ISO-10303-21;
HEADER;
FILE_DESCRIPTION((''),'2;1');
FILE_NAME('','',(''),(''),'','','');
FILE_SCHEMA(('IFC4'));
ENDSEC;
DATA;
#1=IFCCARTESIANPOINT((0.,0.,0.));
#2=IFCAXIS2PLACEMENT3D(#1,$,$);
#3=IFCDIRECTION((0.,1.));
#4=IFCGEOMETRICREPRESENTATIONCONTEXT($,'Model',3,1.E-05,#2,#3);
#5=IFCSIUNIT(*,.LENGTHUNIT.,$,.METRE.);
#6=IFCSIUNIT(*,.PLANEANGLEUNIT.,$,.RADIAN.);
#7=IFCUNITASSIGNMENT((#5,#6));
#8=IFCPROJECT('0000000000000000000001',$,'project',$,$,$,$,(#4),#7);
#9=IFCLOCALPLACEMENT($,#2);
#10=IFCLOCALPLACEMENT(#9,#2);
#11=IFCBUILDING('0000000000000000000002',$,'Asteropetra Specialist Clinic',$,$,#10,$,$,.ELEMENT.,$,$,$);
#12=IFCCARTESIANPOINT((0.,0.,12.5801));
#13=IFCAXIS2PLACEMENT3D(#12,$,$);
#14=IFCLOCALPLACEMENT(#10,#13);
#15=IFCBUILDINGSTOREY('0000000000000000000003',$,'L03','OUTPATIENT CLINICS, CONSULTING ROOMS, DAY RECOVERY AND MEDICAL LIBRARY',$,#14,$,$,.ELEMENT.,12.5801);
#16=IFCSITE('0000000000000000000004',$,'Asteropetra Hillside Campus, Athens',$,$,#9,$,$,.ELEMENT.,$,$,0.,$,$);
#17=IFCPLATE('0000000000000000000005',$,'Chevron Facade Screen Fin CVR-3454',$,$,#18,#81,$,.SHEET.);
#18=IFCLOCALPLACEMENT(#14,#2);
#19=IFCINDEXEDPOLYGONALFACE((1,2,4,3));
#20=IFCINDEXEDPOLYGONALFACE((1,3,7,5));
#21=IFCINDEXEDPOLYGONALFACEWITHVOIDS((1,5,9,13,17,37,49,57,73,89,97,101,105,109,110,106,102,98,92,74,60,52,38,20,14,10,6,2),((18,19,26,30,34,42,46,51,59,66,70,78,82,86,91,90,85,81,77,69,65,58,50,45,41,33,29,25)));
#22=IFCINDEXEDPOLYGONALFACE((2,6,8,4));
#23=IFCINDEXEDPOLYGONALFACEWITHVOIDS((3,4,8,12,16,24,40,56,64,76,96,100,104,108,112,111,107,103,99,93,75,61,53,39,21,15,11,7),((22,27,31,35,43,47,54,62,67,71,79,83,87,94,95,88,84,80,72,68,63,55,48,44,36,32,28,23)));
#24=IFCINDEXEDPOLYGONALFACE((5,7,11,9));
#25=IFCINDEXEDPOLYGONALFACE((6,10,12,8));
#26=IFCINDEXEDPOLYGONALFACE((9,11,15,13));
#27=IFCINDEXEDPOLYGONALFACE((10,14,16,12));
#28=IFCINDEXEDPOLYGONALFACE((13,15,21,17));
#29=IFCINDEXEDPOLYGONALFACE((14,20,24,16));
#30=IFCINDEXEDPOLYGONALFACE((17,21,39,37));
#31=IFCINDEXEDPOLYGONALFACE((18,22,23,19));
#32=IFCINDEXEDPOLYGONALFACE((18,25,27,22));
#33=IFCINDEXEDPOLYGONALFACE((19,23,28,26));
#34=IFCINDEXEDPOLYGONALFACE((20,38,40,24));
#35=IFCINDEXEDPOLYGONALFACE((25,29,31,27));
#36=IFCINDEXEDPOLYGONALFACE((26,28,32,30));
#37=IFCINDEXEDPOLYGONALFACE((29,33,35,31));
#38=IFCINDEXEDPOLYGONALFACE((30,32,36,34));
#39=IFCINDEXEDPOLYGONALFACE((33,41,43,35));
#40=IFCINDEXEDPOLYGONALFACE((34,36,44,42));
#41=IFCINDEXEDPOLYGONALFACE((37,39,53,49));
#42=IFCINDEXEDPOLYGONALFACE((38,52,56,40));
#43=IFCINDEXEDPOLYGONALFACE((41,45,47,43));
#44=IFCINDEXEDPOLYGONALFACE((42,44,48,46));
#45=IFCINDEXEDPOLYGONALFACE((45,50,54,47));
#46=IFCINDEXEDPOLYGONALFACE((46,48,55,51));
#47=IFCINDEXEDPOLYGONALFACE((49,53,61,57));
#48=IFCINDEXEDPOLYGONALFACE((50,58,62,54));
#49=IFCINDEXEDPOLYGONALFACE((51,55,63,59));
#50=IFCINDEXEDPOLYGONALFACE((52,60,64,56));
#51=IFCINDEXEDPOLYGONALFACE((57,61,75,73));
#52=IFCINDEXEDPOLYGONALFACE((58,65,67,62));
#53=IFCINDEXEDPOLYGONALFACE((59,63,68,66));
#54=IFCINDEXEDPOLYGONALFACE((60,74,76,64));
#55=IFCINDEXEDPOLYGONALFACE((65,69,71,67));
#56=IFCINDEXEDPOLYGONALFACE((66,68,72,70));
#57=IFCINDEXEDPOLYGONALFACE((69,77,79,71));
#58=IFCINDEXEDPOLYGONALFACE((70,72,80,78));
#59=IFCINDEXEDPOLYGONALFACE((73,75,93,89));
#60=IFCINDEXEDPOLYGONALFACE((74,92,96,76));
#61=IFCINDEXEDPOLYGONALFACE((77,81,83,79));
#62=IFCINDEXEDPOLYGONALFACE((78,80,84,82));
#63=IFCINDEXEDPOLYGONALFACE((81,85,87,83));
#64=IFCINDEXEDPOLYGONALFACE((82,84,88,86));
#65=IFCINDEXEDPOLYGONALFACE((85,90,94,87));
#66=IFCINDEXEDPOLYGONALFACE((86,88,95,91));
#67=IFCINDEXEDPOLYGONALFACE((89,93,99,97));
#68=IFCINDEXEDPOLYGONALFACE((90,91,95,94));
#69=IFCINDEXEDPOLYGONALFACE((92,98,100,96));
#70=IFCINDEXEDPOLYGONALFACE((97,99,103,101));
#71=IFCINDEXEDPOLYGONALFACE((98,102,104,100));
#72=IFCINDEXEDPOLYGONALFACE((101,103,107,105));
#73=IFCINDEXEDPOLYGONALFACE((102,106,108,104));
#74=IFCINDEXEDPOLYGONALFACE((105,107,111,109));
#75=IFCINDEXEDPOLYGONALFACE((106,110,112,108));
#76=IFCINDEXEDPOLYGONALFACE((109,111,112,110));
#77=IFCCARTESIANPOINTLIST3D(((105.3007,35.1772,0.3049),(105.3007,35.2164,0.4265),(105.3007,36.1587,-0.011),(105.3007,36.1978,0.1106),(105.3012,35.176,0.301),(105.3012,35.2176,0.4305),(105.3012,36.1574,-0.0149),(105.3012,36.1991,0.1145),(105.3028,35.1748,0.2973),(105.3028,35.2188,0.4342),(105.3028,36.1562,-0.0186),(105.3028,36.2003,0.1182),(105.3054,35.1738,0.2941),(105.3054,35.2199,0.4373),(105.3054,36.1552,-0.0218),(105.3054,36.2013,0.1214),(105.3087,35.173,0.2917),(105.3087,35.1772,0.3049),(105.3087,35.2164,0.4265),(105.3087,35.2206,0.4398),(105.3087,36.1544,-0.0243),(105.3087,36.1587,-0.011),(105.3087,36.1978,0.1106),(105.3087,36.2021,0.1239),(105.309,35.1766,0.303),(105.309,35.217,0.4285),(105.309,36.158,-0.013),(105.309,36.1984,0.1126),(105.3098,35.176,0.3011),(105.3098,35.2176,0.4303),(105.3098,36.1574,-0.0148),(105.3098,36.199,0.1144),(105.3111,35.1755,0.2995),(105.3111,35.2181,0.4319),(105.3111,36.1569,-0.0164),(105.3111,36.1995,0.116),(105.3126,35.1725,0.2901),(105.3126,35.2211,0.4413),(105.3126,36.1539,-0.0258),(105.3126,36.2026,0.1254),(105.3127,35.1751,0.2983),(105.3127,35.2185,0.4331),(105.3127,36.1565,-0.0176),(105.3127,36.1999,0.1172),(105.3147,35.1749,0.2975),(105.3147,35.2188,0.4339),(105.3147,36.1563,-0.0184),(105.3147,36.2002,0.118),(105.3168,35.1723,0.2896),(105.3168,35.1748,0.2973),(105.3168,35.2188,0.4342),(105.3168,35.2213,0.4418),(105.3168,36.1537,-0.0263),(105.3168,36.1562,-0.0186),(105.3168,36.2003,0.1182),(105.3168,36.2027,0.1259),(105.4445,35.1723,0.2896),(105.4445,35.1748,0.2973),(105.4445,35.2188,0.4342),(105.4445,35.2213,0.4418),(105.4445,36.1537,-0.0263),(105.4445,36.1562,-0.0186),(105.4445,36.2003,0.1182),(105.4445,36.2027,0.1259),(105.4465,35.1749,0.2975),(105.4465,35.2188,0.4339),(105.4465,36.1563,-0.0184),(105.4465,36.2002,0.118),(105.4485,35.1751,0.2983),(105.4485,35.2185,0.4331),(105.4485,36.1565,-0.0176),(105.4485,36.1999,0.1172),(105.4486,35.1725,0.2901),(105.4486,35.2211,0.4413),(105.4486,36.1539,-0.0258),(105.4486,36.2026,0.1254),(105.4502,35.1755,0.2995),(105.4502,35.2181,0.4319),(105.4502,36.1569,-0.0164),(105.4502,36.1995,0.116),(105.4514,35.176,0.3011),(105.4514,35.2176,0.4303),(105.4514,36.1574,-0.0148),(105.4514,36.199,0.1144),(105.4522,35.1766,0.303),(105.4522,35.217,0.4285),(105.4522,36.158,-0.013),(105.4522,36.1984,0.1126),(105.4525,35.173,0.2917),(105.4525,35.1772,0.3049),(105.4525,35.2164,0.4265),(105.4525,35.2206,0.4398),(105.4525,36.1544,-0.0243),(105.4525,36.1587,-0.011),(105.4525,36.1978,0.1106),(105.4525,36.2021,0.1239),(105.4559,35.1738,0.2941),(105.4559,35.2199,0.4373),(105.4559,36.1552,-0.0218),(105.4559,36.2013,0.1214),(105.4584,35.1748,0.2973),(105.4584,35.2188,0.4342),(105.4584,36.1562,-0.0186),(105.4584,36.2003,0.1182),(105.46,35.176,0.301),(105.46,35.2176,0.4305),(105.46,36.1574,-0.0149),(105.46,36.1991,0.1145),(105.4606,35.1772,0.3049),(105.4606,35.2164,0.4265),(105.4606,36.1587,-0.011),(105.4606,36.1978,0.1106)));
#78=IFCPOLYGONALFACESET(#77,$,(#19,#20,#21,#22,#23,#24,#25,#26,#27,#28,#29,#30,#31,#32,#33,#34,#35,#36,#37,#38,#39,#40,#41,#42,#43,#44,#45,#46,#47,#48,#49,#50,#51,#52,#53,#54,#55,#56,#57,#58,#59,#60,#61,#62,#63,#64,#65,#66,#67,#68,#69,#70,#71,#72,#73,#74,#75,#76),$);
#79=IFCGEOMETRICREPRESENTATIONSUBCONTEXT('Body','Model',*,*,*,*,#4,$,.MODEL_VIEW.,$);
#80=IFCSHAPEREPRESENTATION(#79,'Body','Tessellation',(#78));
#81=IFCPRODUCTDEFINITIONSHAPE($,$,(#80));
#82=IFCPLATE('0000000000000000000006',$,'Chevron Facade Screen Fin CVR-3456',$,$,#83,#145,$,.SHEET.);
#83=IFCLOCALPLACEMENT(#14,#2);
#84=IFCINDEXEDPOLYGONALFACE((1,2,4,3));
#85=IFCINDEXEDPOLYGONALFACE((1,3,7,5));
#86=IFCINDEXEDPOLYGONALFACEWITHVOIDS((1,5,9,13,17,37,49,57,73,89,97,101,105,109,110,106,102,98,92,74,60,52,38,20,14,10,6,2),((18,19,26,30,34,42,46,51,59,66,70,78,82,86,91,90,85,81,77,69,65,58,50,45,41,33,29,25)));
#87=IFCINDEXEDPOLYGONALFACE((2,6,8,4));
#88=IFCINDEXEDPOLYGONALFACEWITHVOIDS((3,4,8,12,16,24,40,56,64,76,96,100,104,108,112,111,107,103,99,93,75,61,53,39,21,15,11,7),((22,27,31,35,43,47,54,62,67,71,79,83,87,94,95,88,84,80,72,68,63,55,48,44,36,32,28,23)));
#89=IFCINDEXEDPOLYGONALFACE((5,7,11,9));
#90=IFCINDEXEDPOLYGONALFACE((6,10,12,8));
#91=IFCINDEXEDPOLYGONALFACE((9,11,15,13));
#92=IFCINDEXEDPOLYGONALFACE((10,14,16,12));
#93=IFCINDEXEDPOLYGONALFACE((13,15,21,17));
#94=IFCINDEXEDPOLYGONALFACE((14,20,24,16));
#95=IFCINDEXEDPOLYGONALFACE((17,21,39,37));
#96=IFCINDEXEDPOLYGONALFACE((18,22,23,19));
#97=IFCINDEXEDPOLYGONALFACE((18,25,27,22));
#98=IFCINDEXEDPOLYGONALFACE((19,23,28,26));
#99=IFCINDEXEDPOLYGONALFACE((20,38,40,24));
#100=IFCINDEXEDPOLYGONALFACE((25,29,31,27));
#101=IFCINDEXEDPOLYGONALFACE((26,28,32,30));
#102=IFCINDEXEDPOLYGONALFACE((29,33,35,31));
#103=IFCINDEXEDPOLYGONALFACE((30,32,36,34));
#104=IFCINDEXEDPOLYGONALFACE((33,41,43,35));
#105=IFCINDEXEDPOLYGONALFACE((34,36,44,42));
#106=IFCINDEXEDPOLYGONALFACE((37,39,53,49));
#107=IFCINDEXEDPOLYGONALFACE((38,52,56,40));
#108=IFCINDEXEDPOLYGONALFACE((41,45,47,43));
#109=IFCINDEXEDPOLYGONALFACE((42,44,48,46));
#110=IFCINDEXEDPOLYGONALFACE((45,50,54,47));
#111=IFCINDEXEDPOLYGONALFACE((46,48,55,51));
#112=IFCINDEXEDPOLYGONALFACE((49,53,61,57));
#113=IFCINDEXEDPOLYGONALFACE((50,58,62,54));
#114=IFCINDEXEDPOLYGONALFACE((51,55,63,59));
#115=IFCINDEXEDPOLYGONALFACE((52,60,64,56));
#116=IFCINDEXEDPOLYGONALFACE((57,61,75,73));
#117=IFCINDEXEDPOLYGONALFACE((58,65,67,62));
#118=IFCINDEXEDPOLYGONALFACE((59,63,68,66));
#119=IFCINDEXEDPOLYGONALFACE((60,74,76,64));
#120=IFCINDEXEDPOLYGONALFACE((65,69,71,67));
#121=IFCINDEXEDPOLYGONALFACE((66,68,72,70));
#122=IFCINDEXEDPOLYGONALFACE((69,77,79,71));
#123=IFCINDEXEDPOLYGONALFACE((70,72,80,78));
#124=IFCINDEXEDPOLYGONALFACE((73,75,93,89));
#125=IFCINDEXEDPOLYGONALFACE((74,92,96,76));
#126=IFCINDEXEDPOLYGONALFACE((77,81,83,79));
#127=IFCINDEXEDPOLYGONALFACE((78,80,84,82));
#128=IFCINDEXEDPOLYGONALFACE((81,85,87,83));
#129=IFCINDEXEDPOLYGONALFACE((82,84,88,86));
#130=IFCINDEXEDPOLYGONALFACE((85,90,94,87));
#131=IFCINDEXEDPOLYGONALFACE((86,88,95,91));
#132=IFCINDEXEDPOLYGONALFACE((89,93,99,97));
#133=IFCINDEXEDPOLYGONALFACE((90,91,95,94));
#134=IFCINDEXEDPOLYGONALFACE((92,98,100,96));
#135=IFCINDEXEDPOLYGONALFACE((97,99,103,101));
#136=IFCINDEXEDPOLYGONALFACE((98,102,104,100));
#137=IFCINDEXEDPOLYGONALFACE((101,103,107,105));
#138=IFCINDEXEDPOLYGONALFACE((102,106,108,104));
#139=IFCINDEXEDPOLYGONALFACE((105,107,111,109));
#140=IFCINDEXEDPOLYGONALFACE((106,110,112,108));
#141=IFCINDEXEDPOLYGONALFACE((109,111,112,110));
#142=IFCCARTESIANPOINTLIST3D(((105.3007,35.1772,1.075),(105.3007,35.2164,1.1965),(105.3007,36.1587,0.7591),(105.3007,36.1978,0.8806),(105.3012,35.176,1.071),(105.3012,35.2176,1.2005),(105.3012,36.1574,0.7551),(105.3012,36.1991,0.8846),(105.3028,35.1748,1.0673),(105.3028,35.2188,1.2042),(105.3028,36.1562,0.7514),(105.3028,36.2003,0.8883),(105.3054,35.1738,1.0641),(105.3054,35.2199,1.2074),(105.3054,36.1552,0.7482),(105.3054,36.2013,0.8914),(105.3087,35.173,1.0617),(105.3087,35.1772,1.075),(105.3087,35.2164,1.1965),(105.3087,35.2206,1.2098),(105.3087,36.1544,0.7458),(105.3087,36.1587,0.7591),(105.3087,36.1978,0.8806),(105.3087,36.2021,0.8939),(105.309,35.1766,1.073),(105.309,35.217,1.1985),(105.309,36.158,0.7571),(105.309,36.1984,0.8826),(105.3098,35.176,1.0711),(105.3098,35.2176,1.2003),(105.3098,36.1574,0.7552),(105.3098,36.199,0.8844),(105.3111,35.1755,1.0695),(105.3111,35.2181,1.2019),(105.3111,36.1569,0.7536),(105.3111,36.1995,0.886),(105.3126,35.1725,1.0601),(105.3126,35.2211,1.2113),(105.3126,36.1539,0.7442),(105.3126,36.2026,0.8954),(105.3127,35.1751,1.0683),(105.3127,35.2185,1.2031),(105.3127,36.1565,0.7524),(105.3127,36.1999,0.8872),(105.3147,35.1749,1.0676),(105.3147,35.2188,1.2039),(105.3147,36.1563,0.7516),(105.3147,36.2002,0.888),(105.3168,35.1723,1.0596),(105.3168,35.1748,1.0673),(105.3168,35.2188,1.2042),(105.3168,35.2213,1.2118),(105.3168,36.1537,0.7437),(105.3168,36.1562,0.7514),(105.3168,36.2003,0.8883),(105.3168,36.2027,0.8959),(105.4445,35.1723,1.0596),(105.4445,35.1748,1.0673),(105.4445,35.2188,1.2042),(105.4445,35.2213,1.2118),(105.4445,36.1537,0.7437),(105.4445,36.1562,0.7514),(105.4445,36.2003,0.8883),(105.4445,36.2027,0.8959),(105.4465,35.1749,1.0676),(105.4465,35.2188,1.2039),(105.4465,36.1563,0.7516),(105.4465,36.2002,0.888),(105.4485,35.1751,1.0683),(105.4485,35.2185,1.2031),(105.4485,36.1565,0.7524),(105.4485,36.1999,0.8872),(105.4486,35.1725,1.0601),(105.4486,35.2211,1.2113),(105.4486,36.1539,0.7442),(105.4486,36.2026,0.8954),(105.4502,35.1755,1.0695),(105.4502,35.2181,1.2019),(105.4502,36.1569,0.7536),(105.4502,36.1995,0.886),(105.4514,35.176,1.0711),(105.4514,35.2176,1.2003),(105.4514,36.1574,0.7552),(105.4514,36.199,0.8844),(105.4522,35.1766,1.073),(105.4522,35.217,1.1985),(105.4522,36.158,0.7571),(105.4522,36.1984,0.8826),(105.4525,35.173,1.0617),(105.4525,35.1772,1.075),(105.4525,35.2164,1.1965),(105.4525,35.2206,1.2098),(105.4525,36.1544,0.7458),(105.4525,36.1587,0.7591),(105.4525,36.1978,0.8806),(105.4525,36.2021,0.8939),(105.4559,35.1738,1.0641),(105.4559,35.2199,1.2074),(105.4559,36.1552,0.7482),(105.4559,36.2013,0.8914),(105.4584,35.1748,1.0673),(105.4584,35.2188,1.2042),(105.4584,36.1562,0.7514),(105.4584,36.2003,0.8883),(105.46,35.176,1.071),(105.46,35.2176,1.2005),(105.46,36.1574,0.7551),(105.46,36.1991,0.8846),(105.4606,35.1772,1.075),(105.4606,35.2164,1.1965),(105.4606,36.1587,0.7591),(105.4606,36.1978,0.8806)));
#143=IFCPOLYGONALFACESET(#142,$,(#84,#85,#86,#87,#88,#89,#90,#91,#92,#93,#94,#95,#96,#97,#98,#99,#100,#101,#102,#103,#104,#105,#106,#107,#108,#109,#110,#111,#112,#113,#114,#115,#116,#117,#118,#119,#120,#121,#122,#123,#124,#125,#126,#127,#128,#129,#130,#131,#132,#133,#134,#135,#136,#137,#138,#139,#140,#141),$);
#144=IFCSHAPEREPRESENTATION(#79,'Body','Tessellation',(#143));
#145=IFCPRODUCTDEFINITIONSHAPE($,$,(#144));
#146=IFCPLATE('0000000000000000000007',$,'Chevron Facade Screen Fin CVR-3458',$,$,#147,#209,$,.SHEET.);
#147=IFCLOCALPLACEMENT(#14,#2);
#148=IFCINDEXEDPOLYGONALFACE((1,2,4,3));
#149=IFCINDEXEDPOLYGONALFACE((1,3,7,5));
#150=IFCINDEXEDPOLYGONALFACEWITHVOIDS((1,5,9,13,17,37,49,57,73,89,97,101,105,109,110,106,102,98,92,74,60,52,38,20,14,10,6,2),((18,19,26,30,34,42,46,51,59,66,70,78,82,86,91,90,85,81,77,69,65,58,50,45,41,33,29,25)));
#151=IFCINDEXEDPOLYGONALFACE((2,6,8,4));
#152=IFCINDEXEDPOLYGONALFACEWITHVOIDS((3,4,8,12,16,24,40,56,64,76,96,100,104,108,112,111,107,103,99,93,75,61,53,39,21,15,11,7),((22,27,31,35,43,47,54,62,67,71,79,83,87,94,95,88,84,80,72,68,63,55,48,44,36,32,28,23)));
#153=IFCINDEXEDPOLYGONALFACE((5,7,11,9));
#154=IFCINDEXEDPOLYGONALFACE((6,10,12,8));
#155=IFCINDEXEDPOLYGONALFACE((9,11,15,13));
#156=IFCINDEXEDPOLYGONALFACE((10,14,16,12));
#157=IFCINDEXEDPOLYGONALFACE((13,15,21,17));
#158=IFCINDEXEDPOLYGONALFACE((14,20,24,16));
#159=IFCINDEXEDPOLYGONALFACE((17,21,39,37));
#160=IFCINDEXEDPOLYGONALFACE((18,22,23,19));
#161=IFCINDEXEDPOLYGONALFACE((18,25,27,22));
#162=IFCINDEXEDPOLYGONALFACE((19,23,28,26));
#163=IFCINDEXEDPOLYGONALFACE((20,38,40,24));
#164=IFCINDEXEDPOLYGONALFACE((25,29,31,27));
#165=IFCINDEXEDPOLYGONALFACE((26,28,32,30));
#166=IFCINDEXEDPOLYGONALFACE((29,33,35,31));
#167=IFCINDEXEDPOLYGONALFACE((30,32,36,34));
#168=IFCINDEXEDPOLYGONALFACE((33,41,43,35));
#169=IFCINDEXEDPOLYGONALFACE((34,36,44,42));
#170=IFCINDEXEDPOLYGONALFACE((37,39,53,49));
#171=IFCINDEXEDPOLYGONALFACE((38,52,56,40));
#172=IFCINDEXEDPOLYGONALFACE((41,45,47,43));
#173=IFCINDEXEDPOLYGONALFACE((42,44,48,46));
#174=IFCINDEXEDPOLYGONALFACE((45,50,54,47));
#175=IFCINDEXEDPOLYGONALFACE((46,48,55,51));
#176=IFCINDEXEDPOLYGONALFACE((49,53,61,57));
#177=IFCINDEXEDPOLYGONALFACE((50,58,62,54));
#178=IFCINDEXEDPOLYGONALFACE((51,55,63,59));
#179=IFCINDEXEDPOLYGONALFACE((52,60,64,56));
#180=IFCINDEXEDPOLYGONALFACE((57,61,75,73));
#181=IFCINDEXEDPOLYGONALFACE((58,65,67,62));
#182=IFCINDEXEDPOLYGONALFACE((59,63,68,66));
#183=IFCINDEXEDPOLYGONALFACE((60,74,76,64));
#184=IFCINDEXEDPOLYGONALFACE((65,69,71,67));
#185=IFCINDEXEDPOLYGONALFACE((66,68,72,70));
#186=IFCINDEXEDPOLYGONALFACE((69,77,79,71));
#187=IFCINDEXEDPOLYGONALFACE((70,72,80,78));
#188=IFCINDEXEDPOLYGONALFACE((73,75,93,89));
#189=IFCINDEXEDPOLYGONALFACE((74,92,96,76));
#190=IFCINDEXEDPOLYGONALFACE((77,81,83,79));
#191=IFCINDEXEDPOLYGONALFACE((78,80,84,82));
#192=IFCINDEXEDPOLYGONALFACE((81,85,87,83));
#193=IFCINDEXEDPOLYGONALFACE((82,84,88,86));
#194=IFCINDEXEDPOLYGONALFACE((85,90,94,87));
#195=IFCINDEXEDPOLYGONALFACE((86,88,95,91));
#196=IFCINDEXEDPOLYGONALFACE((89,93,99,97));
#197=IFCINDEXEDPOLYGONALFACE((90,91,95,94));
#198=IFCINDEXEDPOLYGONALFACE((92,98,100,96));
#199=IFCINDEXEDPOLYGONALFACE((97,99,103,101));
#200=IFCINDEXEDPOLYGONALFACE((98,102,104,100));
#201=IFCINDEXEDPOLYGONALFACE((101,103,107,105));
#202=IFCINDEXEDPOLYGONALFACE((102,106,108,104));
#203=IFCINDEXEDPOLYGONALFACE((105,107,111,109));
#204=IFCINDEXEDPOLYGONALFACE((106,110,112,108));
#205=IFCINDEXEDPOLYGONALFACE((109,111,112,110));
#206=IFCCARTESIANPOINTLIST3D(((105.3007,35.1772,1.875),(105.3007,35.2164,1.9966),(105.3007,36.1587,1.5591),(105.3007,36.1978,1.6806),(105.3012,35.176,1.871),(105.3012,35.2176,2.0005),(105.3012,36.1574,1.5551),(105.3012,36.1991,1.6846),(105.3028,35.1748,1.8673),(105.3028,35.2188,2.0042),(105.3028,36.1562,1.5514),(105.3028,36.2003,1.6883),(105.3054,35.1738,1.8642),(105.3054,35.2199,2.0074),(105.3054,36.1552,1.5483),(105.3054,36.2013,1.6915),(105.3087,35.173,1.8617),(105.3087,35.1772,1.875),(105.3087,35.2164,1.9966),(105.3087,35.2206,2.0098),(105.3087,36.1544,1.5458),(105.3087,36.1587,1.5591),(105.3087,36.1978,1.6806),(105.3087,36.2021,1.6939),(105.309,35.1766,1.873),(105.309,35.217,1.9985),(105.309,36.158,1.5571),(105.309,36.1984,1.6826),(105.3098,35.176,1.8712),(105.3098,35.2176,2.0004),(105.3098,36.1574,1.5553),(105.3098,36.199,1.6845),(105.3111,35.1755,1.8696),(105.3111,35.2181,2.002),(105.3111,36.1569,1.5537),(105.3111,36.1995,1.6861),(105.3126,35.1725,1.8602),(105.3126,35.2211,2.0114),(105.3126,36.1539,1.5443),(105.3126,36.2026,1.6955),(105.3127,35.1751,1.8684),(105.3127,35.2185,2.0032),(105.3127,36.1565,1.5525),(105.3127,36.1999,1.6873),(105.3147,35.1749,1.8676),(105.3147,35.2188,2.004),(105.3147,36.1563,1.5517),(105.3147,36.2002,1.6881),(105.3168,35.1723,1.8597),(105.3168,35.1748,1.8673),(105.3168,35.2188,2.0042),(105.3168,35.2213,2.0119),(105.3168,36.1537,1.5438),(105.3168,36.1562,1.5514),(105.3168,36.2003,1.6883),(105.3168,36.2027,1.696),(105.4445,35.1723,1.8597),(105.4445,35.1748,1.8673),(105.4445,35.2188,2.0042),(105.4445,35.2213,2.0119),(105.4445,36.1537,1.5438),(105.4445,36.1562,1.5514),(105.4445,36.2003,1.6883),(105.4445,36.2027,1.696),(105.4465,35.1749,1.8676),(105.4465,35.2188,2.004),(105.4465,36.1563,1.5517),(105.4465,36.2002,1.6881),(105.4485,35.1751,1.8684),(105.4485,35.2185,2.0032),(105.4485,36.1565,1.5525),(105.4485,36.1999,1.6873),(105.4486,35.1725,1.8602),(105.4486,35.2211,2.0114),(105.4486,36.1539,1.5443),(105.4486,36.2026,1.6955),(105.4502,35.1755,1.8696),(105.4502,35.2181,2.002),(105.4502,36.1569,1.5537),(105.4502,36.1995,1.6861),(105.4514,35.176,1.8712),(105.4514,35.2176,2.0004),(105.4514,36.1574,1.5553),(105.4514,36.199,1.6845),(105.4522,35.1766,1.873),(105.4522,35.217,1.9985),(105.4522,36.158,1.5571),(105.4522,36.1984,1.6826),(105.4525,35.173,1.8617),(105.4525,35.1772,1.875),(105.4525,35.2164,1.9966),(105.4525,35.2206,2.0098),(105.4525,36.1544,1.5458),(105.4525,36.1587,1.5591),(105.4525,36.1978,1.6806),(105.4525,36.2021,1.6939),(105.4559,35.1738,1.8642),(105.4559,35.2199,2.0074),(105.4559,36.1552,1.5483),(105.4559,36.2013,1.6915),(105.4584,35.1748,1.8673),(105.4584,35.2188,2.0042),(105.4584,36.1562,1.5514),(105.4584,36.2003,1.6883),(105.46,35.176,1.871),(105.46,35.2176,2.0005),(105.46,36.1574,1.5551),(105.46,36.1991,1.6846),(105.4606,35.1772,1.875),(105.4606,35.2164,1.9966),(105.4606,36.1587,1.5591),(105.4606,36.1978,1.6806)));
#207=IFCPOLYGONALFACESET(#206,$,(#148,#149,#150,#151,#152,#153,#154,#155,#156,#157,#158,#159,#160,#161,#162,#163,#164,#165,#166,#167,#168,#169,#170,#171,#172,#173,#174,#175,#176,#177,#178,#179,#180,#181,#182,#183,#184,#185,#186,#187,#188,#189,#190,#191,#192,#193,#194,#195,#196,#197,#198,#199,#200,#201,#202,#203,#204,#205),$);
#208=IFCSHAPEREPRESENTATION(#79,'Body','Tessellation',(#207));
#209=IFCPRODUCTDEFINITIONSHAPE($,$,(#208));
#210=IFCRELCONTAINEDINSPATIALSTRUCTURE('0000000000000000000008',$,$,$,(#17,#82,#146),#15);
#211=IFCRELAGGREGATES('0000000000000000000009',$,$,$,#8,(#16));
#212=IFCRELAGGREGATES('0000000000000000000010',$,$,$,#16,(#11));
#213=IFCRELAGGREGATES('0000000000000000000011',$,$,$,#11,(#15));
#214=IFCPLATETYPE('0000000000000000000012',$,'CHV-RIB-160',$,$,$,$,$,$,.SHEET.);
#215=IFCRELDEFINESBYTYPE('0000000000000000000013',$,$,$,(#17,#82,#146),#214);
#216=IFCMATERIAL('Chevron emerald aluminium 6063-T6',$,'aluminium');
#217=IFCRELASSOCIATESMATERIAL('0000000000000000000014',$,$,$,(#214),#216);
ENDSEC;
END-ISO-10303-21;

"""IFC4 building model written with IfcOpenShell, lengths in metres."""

from ifc_helpers import new_model, si_unit, direction, frame, origin, origin_2d, place, context, subcontext, project, spatial, hollow_rectangle, extrude, material, material_profile, profile_set, type_object, element, save


model = new_model("IFC4")

# Units and contexts
model_context = context("Model", 3, precision=1e-05, world=origin(), true_north=direction((0.0, 1.0)))
body_context = subcontext(model_context, "Body", "Model", "MODEL_VIEW")
ifc_project = project(units=[si_unit("LENGTHUNIT", "METRE"), si_unit("PLANEANGLEUNIT", "RADIAN")], contexts=[model_context])

# Site, building, storey
site_placement = place(None, origin())
site = spatial("IfcSite", under=ifc_project, at=site_placement, Name="Asteropetra Hillside Campus, Athens", CompositionType="ELEMENT", RefElevation=0.0)
building_placement = place(site_placement, origin())
building = spatial("IfcBuilding", under=site, at=building_placement, Name="Asteropetra Specialist Clinic", CompositionType="ELEMENT")
storey_placement = place(building_placement, frame((0.0, 0.0, 12.5801)))
storey = spatial("IfcBuildingStorey", under=building, at=storey_placement, Name="L03", Description="OUTPATIENT CLINICS, CONSULTING ROOMS, DAY RECOVERY AND MEDICAL LIBRARY", CompositionType="ELEMENT", Elevation=12.5801)

# Plates
ifc_material_1 = material(Name="Chevron emerald aluminium 6063-T6", Category="aluminium")
ifc_material_profile = material_profile(ifc_material_1, hollow_rectangle(XDim=0.1599, YDim=0.1599, WallThickness=0.0081, InnerFilletRadius=0.0081, OuterFilletRadius=0.0161, at=origin_2d()), Name="SHS 160x160x8.0")
ifc_profile_set = profile_set([ifc_material_profile], Name="Chevron emerald aluminium 6063-T6")
plate_type_1 = type_object("IfcPlateType", Name="CHV-RIB-160", PredefinedType="SHEET", material=ifc_profile_set)
for number, where, z_axis, x_axis, name in (
    (1, (105.3806, 36.1782, 0.0498), (0.0, -0.9519, 0.306408), (1.0, 0.0, 0.0), "Chevron Facade Screen Fin CVR-3454"),
    (2, (105.3806, 36.1782, 0.8198), (0.0, -0.9519, 0.306408), (1.0, 0.0, 0.0), "Chevron Facade Screen Fin CVR-3456"),
    (3, (105.3806, 36.1782, 1.6199), (0.0, -0.9519, 0.306408), (1.0, 0.0, 0.0), "Chevron Facade Screen Fin CVR-3458"),
):
    element("IfcPlate", number, at=place(storey_placement, frame(where, z_axis=z_axis, x_axis=x_axis)), inside=storey, type_object=plate_type_1, Name=name, PredefinedType="SHEET", context=body_context, shape_type="SweptSolid", body=[
        extrude(hollow_rectangle(XDim=0.1599, YDim=0.1599, WallThickness=0.0081, InnerFilletRadius=0.0081, OuterFilletRadius=0.0161, at=origin_2d()), origin(), (0.0, 0.0, 1.0), 1.031),
    ])

save(model, "model.ifc")
